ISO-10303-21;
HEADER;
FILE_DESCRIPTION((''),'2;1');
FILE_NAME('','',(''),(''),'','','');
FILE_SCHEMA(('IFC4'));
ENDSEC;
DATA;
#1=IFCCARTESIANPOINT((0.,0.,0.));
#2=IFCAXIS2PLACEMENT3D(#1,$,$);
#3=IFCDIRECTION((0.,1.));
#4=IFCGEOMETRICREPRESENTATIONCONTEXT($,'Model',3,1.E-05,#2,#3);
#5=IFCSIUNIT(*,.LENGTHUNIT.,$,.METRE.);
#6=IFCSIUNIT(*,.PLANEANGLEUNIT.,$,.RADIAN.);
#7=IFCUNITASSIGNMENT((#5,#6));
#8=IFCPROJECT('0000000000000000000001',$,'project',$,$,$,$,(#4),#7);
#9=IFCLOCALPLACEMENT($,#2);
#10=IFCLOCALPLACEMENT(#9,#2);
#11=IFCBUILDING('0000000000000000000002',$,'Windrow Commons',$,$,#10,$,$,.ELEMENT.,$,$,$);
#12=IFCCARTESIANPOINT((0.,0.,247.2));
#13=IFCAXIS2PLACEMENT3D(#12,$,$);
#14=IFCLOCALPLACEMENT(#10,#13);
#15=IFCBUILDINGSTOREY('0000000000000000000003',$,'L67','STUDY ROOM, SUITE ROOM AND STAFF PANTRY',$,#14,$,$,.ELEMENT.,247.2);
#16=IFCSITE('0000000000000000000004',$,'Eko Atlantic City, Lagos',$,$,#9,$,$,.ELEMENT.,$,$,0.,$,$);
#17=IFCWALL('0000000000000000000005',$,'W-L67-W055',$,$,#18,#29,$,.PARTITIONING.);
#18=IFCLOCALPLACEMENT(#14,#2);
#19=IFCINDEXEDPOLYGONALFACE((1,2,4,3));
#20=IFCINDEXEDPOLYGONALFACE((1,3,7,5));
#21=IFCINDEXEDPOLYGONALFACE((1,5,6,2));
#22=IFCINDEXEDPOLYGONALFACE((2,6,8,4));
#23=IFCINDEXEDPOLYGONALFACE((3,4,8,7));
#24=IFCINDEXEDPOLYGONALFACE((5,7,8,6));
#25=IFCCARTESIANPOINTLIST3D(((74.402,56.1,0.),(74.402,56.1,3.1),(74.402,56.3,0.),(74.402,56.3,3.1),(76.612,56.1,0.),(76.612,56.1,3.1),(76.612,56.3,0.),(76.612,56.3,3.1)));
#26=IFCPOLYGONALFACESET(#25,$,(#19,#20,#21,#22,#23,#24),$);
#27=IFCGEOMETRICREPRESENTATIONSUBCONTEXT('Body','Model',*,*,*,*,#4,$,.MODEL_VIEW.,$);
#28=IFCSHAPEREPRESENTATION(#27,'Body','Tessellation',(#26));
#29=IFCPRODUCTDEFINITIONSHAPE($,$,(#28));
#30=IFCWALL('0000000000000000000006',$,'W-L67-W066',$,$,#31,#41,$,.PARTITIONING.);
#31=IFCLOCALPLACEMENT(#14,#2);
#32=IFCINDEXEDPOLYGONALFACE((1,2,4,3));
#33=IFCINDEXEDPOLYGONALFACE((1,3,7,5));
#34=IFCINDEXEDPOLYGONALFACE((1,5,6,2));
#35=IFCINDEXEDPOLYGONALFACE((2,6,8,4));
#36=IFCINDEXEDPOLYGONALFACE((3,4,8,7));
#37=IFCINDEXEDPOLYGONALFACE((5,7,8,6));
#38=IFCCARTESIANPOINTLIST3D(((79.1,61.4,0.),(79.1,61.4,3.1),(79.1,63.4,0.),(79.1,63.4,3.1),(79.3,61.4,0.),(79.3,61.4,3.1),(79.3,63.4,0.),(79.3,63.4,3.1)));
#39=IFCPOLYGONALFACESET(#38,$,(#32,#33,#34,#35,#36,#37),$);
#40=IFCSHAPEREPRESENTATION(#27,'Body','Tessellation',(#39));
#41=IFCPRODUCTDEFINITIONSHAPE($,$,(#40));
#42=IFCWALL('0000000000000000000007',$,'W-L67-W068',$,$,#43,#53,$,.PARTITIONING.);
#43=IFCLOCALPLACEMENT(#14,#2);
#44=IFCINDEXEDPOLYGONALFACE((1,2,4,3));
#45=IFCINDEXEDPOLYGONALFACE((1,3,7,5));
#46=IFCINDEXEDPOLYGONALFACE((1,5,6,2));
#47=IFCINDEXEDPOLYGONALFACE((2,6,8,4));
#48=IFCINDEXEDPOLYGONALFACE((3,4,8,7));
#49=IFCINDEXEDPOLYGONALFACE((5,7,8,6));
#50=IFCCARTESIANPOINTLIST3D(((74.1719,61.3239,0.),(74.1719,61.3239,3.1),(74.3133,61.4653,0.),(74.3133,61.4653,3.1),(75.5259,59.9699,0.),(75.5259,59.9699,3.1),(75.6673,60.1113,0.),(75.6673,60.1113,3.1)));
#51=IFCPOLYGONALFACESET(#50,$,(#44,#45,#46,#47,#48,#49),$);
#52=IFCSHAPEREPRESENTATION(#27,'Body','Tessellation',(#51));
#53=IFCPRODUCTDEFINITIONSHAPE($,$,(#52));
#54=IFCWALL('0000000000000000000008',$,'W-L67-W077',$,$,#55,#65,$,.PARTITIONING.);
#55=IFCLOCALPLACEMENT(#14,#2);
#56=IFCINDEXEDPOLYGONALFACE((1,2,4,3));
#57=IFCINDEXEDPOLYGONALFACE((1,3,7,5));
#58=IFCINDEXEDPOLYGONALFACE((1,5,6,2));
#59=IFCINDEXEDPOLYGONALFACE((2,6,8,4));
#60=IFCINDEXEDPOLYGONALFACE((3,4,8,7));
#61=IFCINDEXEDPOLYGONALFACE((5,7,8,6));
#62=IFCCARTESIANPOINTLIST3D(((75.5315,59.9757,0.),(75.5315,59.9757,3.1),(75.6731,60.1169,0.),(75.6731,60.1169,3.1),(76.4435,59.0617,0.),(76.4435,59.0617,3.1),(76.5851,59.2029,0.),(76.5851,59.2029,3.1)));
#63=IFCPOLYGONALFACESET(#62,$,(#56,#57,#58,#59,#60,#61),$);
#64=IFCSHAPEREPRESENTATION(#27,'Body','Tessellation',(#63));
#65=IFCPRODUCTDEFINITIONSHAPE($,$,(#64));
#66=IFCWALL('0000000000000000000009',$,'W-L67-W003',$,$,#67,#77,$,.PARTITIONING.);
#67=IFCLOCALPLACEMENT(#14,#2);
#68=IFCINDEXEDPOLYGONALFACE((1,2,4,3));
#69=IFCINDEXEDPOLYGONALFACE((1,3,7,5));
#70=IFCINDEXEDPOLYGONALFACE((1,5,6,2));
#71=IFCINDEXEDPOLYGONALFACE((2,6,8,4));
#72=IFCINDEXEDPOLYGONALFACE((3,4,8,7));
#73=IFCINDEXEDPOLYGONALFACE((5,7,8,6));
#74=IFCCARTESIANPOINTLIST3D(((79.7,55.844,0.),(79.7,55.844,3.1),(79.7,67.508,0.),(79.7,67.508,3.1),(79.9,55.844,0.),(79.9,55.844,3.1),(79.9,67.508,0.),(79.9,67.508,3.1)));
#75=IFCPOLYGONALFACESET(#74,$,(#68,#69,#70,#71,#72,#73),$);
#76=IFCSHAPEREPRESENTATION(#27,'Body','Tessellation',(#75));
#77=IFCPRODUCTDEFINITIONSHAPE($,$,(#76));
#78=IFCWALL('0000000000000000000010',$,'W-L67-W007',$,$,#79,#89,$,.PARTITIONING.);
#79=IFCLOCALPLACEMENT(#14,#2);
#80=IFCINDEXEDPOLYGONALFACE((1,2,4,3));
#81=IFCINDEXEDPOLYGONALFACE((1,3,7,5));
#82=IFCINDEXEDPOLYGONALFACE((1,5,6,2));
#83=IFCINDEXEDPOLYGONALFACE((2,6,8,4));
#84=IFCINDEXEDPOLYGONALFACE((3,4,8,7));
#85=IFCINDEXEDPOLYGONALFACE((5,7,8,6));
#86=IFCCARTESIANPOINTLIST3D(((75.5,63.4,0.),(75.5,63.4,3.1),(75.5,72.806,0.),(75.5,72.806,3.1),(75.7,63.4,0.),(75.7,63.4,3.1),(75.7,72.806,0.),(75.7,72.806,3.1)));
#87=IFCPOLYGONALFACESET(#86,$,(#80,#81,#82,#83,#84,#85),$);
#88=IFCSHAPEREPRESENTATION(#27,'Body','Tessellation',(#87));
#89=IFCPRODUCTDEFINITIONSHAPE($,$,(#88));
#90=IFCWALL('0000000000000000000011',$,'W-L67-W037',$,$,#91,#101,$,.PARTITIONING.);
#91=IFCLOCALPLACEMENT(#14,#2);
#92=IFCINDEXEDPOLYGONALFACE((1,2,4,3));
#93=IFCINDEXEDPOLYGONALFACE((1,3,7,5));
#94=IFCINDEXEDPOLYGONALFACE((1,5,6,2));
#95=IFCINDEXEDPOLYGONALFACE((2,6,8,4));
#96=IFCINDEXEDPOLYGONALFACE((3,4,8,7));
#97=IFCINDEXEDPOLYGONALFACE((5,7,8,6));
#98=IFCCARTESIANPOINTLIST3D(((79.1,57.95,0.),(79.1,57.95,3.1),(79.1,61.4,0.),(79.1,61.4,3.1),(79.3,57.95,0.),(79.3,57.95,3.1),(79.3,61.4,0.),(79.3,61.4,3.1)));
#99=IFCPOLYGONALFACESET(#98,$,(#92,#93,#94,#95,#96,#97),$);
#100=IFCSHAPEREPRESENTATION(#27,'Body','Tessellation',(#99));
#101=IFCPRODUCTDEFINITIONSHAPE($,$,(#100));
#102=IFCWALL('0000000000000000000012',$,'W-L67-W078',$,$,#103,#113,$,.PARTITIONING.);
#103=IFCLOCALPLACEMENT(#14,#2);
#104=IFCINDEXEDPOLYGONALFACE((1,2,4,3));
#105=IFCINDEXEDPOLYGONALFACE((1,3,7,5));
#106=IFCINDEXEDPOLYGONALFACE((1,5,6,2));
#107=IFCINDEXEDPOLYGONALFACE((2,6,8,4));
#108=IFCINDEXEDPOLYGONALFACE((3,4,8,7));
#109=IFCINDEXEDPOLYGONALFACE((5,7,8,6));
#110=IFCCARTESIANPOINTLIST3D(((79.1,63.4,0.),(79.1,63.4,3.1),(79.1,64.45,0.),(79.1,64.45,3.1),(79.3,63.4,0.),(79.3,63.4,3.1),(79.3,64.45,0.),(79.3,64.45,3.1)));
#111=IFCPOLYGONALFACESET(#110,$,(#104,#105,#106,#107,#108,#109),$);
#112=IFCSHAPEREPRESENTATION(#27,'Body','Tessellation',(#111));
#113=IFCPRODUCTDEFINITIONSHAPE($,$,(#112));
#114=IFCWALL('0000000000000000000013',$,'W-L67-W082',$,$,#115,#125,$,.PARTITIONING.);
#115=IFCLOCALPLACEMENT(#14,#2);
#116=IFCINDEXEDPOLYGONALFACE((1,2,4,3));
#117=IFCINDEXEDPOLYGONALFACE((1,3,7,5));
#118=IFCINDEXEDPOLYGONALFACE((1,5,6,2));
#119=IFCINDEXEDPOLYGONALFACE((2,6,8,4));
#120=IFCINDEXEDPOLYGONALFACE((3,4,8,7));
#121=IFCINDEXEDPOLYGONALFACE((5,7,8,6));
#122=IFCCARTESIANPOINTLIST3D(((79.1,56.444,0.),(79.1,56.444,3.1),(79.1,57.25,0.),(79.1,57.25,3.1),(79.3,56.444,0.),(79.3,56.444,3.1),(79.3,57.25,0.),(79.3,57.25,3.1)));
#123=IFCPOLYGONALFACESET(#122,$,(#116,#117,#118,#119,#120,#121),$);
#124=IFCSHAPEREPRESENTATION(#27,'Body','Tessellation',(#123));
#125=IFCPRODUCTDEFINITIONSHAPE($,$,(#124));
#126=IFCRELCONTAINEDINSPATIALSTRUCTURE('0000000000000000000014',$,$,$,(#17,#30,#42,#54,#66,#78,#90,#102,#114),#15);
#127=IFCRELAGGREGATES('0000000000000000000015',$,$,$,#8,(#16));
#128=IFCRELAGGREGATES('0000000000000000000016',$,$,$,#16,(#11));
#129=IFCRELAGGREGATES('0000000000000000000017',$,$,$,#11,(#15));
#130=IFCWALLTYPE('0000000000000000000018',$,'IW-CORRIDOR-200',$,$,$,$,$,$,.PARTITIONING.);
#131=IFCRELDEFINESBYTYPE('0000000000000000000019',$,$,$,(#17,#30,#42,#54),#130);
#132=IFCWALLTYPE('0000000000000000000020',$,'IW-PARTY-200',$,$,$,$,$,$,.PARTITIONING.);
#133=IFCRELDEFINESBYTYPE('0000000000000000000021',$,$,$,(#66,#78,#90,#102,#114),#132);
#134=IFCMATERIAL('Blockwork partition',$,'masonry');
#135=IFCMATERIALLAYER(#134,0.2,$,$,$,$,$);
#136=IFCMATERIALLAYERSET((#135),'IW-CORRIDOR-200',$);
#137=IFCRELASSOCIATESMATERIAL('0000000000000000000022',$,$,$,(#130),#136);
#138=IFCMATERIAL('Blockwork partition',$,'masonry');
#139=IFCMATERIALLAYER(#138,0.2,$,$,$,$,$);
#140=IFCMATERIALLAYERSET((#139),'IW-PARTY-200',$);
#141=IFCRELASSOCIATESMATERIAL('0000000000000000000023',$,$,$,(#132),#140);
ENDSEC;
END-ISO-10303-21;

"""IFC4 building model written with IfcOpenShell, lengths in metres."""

from ifc_helpers import new_model, si_unit, direction, frame, frame_2d, origin, place, context, subcontext, project, spatial, rectangle, extrude, material, layer, layer_set, type_object, element, save


model = new_model("IFC4")

# Units and contexts
model_context = context("Model", 3, precision=1e-05, world=origin(), true_north=direction((0.0, 1.0)))
body_context = subcontext(model_context, "Body", "Model", "MODEL_VIEW")
ifc_project = project(units=[si_unit("LENGTHUNIT", "METRE"), si_unit("PLANEANGLEUNIT", "RADIAN")], contexts=[model_context])

# Site, building, storey
site_placement = place(None, origin())
site = spatial("IfcSite", under=ifc_project, at=site_placement, Name="Eko Atlantic City, Lagos", CompositionType="ELEMENT", RefElevation=0.0)
building_placement = place(site_placement, origin())
building = spatial("IfcBuilding", under=site, at=building_placement, Name="Windrow Commons", CompositionType="ELEMENT")
storey_placement = place(building_placement, frame((0.0, 0.0, 247.2)))
storey = spatial("IfcBuildingStorey", under=building, at=storey_placement, Name="L67", Description="STUDY ROOM, SUITE ROOM AND STAFF PANTRY", CompositionType="ELEMENT", Elevation=247.2)

# Shared definitions
ifc_material_1 = material(Name="Blockwork partition", Category="masonry")
ifc_layer_1 = layer(ifc_material_1, 0.2)
ifc_layer_set_1 = layer_set([ifc_layer_1], Name="IW-CORRIDOR-200")
wall_type_1 = type_object("IfcWallType", Name="IW-CORRIDOR-200", PredefinedType="PARTITIONING", material=ifc_layer_set_1)

# Walls
for number, where, z_axis, x_axis, name in (
    (1, (74.402, 56.2, 0.0), (0.0, 0.0, 1.0), (1.0, 0.0, 0.0), "W-L67-W055"),
):
    element("IfcWall", number, at=place(storey_placement, frame(where, z_axis=z_axis, x_axis=x_axis)), inside=storey, type_object=wall_type_1, Name=name, PredefinedType="PARTITIONING", context=body_context, shape_type="SweptSolid", body=[
        extrude(rectangle(XDim=2.21, YDim=0.2, at=frame_2d((1.105, 0.0))), origin(), (0.0, 0.0, 1.0), 3.1),
    ])
wall_1_placement = place(storey_placement, frame((79.2, 61.4, 0.0), z_axis=(0.0, 0.0, 1.0), x_axis=(0.0, 1.0, 0.0)))
element("IfcWall", 2, at=wall_1_placement, inside=storey, type_object=wall_type_1, Name="W-L67-W066", PredefinedType="PARTITIONING", context=body_context, shape_type="SweptSolid", body=[
    extrude(rectangle(XDim=2.0, YDim=0.2, at=frame_2d((1.0, 0.0))), origin(), (0.0, 0.0, 1.0), 3.1),
])
wall_2_placement = place(storey_placement, frame((74.2426, 61.3946, 0.0), z_axis=(0.0, 0.0, 1.0), x_axis=(0.707107, -0.707107, 0.0)))
element("IfcWall", 3, at=wall_2_placement, inside=storey, type_object=wall_type_1, Name="W-L67-W068", PredefinedType="PARTITIONING", context=body_context, shape_type="SweptSolid", body=[
    extrude(rectangle(XDim=1.9148, YDim=0.2, at=frame_2d((0.9574, 0.0))), origin(), (0.0, 0.0, 1.0), 3.1),
])
wall_3_placement = place(storey_placement, frame((75.6023, 60.0463, 0.0), z_axis=(0.0, 0.0, 1.0), x_axis=(0.706332, -0.707881, 0.0)))
element("IfcWall", 4, at=wall_3_placement, inside=storey, type_object=wall_type_1, Name="W-L67-W077", PredefinedType="PARTITIONING", context=body_context, shape_type="SweptSolid", body=[
    extrude(rectangle(XDim=1.2912, YDim=0.2, at=frame_2d((0.6456, 0.0))), origin(), (0.0, 0.0, 1.0), 3.1),
])
ifc_material_2 = material(Name="Blockwork partition", Category="masonry")
ifc_layer_2 = layer(ifc_material_2, 0.2)
ifc_layer_set_2 = layer_set([ifc_layer_2], Name="IW-PARTY-200")
wall_type_2 = type_object("IfcWallType", Name="IW-PARTY-200", PredefinedType="PARTITIONING", material=ifc_layer_set_2)
wall_4_placement = place(storey_placement, frame((79.8, 55.844, 0.0), z_axis=(0.0, 0.0, 1.0), x_axis=(0.0, 1.0, 0.0)))
element("IfcWall", 5, at=wall_4_placement, inside=storey, type_object=wall_type_2, Name="W-L67-W003", PredefinedType="PARTITIONING", context=body_context, shape_type="SweptSolid", body=[
    extrude(rectangle(XDim=11.664, YDim=0.2, at=frame_2d((5.832, 0.0))), origin(), (0.0, 0.0, 1.0), 3.1),
])
wall_5_placement = place(storey_placement, frame((75.6, 63.4, 0.0), z_axis=(0.0, 0.0, 1.0), x_axis=(0.0, 1.0, 0.0)))
element("IfcWall", 6, at=wall_5_placement, inside=storey, type_object=wall_type_2, Name="W-L67-W007", PredefinedType="PARTITIONING", context=body_context, shape_type="SweptSolid", body=[
    extrude(rectangle(XDim=9.406, YDim=0.2, at=frame_2d((4.703, 0.0))), origin(), (0.0, 0.0, 1.0), 3.1),
])
wall_6_placement = place(storey_placement, frame((79.2, 57.95, 0.0), z_axis=(0.0, 0.0, 1.0), x_axis=(0.0, 1.0, 0.0)))
element("IfcWall", 7, at=wall_6_placement, inside=storey, type_object=wall_type_2, Name="W-L67-W037", PredefinedType="PARTITIONING", context=body_context, shape_type="SweptSolid", body=[
    extrude(rectangle(XDim=3.45, YDim=0.2, at=frame_2d((1.725, 0.0))), origin(), (0.0, 0.0, 1.0), 3.1),
])
wall_7_placement = place(storey_placement, frame((79.2, 63.4, 0.0), z_axis=(0.0, 0.0, 1.0), x_axis=(0.0, 1.0, 0.0)))
element("IfcWall", 8, at=wall_7_placement, inside=storey, type_object=wall_type_2, Name="W-L67-W078", PredefinedType="PARTITIONING", context=body_context, shape_type="SweptSolid", body=[
    extrude(rectangle(XDim=1.05, YDim=0.2, at=frame_2d((0.525, 0.0))), origin(), (0.0, 0.0, 1.0), 3.1),
])
wall_8_placement = place(storey_placement, frame((79.2, 56.444, 0.0), z_axis=(0.0, 0.0, 1.0), x_axis=(0.0, 1.0, 0.0)))
element("IfcWall", 9, at=wall_8_placement, inside=storey, type_object=wall_type_2, Name="W-L67-W082", PredefinedType="PARTITIONING", context=body_context, shape_type="SweptSolid", body=[
    extrude(rectangle(XDim=0.806, YDim=0.2, at=frame_2d((0.403, 0.0))), origin(), (0.0, 0.0, 1.0), 3.1),
])

save(model, "model.ifc")
